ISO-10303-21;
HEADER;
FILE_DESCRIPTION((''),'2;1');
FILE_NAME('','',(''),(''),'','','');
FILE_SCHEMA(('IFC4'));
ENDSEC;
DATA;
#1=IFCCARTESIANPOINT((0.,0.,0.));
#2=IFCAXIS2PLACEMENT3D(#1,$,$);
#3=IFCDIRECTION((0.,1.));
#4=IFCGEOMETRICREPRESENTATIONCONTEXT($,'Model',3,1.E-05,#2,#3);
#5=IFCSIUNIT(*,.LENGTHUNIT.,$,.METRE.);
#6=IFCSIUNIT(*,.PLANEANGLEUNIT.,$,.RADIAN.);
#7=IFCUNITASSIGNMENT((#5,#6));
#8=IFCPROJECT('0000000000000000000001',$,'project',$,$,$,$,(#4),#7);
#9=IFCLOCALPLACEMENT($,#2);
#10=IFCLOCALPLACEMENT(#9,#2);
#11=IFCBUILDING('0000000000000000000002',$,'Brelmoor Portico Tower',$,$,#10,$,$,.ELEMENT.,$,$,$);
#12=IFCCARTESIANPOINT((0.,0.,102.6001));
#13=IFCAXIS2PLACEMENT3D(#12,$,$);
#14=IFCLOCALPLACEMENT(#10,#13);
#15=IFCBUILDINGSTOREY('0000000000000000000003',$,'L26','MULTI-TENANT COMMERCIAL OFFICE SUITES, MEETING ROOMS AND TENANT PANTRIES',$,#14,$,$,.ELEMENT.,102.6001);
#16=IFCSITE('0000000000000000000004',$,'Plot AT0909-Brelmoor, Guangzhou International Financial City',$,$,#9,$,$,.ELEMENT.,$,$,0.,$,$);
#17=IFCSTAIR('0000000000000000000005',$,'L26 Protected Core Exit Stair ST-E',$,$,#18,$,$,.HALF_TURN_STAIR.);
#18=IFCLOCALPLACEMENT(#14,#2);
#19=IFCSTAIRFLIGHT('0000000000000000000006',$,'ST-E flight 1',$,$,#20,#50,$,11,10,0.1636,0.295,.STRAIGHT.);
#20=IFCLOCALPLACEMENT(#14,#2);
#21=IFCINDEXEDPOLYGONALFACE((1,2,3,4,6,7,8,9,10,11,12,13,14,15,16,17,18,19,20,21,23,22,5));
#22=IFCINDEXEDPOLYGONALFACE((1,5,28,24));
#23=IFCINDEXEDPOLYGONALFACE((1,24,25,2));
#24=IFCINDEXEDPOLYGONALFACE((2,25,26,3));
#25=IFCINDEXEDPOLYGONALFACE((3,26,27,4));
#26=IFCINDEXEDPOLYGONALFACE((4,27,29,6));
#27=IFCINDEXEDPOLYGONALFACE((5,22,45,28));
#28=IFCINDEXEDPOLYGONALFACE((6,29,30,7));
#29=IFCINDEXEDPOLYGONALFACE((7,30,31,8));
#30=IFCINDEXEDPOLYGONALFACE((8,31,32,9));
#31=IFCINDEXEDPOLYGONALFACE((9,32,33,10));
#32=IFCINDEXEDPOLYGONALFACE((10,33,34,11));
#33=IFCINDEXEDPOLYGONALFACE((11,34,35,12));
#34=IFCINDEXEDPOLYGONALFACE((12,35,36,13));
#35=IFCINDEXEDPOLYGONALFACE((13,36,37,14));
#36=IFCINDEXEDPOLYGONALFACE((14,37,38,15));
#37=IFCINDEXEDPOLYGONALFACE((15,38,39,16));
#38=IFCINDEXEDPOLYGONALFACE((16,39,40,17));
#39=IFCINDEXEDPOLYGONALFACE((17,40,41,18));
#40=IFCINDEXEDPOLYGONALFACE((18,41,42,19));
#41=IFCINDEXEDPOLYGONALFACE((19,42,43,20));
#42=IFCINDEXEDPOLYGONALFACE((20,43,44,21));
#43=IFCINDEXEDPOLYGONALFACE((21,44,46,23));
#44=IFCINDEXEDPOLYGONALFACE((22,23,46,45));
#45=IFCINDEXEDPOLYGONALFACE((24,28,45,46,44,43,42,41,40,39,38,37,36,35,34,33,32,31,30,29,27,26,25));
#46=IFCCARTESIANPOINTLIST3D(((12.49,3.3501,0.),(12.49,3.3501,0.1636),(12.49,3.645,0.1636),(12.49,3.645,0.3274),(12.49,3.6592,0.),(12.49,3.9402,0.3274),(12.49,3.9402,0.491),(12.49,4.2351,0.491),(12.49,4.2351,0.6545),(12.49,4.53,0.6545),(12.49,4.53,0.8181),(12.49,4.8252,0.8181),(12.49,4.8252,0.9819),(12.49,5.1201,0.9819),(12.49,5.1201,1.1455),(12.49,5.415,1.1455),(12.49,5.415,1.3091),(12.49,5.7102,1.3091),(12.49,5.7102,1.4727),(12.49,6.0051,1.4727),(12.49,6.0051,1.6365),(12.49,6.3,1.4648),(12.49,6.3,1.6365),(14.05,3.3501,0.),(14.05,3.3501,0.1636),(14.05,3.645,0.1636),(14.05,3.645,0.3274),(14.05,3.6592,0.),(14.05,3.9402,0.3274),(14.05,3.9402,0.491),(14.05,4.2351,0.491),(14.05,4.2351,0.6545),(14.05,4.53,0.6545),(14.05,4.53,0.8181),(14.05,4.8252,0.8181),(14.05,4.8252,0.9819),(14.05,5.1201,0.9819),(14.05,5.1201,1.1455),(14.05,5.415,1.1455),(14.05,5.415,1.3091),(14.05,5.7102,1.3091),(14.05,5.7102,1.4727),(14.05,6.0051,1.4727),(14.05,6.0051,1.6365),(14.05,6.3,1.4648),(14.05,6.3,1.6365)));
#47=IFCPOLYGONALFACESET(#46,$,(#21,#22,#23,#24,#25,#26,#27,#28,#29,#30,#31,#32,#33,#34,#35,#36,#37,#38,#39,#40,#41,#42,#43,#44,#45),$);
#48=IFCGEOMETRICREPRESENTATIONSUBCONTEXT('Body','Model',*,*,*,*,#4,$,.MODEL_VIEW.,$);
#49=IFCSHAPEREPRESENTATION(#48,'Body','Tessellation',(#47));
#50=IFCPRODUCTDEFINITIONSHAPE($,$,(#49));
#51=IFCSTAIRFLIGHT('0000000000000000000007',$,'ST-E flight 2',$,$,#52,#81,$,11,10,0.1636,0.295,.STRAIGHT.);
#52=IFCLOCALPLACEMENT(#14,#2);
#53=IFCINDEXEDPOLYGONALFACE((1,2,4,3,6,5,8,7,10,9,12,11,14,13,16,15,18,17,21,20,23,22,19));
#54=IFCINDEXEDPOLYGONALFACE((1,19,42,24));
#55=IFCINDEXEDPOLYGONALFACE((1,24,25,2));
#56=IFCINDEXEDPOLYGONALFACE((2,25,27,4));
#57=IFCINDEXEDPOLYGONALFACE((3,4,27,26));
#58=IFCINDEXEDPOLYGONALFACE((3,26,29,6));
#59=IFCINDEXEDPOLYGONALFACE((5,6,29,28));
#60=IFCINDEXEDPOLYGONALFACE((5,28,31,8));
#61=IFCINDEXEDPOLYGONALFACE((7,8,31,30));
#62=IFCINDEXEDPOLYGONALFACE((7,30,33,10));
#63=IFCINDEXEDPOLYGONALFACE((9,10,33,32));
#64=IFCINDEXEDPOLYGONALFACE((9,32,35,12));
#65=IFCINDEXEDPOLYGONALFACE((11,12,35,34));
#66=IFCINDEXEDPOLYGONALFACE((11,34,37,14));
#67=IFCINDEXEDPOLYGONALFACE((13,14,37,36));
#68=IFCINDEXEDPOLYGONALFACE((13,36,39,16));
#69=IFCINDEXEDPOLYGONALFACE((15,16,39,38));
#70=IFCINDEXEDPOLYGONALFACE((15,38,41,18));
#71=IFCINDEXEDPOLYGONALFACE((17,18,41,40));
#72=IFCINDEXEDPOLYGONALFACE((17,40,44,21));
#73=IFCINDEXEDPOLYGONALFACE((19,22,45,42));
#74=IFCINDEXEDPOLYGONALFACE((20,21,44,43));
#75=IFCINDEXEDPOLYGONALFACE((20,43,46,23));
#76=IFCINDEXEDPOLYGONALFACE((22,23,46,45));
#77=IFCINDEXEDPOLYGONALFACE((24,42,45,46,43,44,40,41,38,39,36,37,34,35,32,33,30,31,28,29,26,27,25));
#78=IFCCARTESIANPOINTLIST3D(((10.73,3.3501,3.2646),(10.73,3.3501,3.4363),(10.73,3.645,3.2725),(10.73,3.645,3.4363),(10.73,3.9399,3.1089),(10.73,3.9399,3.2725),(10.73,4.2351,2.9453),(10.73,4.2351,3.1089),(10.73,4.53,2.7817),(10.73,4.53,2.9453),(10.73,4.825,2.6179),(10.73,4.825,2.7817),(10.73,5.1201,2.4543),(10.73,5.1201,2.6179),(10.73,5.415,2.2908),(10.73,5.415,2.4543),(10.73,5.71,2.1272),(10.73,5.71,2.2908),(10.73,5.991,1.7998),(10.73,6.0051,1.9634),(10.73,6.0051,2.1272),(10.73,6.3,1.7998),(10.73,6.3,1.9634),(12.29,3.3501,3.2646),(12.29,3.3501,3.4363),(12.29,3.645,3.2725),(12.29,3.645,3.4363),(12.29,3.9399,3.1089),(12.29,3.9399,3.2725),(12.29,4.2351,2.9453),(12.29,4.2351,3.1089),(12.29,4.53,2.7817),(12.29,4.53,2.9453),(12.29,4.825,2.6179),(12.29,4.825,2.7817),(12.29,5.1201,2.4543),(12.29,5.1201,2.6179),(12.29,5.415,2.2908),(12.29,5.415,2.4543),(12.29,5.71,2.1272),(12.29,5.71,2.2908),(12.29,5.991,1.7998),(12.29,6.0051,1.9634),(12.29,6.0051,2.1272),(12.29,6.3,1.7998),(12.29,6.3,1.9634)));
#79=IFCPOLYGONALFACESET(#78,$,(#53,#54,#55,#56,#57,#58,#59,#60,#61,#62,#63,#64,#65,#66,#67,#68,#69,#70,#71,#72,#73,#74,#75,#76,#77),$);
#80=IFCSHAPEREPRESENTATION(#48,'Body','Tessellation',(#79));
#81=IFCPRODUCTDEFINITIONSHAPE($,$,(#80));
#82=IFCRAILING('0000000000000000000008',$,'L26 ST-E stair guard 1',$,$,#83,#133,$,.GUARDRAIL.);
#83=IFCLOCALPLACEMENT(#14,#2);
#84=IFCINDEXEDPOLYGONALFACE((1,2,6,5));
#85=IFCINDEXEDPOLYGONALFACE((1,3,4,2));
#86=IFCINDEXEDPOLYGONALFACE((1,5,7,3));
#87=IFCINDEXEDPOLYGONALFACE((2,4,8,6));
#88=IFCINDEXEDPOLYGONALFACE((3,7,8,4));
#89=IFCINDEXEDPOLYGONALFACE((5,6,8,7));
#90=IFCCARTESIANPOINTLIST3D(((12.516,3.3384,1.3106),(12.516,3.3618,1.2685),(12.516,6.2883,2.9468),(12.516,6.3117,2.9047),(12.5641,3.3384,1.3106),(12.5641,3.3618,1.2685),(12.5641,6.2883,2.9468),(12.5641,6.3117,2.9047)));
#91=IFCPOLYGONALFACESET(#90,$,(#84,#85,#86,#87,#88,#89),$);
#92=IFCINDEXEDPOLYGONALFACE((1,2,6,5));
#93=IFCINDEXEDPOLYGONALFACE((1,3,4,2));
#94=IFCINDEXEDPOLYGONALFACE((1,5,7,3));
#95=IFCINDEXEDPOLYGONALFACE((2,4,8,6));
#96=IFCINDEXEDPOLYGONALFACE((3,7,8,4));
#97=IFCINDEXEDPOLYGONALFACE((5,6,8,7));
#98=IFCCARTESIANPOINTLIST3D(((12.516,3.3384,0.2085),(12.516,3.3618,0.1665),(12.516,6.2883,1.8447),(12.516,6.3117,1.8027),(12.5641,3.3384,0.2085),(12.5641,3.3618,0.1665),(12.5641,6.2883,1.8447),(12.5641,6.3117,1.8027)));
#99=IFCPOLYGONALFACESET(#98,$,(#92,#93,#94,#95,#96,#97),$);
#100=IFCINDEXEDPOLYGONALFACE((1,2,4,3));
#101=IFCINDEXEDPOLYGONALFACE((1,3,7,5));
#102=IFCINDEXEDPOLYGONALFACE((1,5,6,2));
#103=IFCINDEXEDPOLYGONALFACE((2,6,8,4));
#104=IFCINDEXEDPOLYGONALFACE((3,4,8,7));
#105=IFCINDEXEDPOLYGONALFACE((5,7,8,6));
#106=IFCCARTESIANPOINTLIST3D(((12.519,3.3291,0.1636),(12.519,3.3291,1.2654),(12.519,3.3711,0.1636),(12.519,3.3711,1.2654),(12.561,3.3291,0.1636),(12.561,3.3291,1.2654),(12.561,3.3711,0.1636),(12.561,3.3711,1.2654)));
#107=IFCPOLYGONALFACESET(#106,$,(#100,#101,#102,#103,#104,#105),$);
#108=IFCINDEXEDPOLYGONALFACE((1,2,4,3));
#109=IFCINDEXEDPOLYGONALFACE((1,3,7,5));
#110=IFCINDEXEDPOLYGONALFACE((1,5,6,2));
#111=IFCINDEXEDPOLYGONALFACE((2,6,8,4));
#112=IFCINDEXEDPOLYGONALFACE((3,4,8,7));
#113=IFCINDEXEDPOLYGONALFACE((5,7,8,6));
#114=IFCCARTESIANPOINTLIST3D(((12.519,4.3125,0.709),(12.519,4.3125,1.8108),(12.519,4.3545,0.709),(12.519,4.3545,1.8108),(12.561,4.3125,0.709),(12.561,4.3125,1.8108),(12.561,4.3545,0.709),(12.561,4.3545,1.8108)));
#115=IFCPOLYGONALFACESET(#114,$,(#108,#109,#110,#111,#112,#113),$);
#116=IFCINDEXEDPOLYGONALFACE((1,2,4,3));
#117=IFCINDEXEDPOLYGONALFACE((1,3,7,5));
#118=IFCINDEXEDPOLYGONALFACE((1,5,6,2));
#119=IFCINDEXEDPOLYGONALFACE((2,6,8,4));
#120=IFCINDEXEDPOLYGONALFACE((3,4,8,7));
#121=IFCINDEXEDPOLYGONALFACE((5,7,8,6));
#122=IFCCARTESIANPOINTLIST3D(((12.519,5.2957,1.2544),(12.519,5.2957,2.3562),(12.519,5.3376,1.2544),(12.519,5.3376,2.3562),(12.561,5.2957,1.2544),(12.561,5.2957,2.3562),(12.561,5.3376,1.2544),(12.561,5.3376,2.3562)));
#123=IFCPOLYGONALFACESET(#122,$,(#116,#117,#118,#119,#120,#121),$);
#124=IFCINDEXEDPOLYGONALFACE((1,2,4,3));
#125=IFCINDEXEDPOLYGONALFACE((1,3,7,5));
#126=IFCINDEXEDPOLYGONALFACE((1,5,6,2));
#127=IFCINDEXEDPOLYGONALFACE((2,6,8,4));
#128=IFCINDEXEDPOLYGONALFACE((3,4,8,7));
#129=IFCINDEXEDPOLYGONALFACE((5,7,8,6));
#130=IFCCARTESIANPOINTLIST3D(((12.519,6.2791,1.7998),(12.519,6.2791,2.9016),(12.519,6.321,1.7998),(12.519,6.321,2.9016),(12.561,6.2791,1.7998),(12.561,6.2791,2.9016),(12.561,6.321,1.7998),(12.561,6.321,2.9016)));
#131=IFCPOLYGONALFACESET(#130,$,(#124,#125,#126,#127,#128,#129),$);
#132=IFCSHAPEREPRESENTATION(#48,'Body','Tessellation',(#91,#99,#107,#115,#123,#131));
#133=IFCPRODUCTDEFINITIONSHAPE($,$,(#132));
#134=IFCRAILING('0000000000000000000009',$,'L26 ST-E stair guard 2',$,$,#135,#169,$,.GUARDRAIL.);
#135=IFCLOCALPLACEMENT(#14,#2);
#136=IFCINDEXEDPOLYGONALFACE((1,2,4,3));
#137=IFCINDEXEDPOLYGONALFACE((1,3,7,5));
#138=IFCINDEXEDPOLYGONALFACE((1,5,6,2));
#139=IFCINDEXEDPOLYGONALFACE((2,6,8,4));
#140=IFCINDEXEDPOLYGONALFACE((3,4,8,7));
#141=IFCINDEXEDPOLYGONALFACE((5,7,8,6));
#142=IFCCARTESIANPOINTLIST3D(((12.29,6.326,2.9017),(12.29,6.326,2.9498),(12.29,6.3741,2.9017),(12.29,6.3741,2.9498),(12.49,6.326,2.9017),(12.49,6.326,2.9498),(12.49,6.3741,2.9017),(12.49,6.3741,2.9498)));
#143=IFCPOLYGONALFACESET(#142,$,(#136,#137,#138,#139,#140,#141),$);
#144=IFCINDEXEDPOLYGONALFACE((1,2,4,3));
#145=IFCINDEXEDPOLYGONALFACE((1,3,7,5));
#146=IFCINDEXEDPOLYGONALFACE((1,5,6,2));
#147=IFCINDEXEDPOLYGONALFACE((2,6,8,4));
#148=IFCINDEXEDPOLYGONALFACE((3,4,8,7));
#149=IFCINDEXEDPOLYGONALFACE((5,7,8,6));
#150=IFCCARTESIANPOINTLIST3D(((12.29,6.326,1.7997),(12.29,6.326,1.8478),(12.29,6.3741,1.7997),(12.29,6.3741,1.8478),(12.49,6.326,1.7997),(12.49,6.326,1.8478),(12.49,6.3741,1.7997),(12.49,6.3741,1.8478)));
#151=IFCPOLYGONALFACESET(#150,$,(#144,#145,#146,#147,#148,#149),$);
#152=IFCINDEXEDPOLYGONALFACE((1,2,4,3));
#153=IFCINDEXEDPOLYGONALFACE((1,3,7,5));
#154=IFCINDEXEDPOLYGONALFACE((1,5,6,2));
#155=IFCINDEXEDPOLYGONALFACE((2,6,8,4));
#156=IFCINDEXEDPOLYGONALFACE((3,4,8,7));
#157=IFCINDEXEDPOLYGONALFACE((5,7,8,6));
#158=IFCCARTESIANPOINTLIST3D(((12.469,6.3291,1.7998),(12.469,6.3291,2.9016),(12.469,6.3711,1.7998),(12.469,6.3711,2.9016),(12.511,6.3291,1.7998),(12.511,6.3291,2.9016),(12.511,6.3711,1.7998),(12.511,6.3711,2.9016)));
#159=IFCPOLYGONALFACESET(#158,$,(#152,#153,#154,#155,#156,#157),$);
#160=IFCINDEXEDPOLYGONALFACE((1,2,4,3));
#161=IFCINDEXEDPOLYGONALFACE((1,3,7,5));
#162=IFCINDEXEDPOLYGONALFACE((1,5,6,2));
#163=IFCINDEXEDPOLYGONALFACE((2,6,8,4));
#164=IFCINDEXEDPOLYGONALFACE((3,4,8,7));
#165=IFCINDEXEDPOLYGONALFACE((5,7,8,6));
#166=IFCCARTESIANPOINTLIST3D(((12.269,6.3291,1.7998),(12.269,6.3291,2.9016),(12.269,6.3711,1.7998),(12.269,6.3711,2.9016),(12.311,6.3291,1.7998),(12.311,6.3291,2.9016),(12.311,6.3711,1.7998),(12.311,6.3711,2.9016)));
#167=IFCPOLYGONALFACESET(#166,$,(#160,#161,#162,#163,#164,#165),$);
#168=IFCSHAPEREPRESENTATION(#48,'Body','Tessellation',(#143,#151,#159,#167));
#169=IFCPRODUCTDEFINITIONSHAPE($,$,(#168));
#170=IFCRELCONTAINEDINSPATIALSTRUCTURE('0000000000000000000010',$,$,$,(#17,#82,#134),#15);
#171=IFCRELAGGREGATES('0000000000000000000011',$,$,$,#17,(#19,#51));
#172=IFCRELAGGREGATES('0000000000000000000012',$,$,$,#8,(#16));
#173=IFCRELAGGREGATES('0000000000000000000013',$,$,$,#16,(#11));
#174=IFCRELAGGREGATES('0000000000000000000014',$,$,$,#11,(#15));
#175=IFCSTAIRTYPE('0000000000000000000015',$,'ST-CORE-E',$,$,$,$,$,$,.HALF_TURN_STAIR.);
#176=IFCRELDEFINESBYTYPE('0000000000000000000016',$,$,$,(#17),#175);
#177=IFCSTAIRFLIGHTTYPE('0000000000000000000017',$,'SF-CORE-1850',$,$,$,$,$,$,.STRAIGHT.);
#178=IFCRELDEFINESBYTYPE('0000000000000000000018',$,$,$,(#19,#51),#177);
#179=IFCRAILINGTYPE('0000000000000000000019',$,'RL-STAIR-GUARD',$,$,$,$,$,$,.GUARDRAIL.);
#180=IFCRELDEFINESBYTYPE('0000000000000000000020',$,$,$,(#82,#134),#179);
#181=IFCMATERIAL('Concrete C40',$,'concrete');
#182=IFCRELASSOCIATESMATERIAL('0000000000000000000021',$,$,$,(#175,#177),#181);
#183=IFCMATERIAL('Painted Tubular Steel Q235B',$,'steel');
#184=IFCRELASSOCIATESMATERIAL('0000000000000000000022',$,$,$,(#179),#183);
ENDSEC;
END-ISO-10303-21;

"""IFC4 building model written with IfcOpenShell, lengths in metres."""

from ifc_helpers import new_model, si_unit, direction, frame, origin, origin_2d, place, context, subcontext, project, spatial, polyline, rectangle, outline, extrude, material, type_object, element, aggregate, save


model = new_model("IFC4")

# Units and contexts
model_context = context("Model", 3, precision=1e-05, world=origin(), true_north=direction((0.0, 1.0)))
body_context = subcontext(model_context, "Body", "Model", "MODEL_VIEW")
ifc_project = project(units=[si_unit("LENGTHUNIT", "METRE"), si_unit("PLANEANGLEUNIT", "RADIAN")], contexts=[model_context])

# Site, building, storey
site_placement = place(None, origin())
site = spatial("IfcSite", under=ifc_project, at=site_placement, Name="Plot AT0909-Brelmoor, Guangzhou International Financial City", CompositionType="ELEMENT", RefElevation=0.0)
building_placement = place(site_placement, origin())
building = spatial("IfcBuilding", under=site, at=building_placement, Name="Brelmoor Portico Tower", CompositionType="ELEMENT")
storey_placement = place(building_placement, frame((0.0, 0.0, 102.6001)))
storey = spatial("IfcBuildingStorey", under=building, at=storey_placement, Name="L26", Description="MULTI-TENANT COMMERCIAL OFFICE SUITES, MEETING ROOMS AND TENANT PANTRIES", CompositionType="ELEMENT", Elevation=102.6001)

# Shared definitions
ifc_material_1 = material(Name="Concrete C40", Category="concrete")

# Stair, stair flights
stair_type = type_object("IfcStairType", Name="ST-CORE-E", PredefinedType="HALF_TURN_STAIR", material=ifc_material_1)
stair_placement = place(storey_placement, origin())
stair = element("IfcStair", 1, at=stair_placement, inside=storey, type_object=stair_type, Name="L26 Protected Core Exit Stair ST-E", PredefinedType="HALF_TURN_STAIR")
stair_flight_type = type_object("IfcStairFlightType", Name="SF-CORE-1850", PredefinedType="STRAIGHT", material=ifc_material_1)
stair_flight_1_placement = place(storey_placement, frame((13.27, 3.3501, 0.0), z_axis=(0.0, 0.0, 1.0), x_axis=(0.0, 1.0, 0.0)))
stair_flight_1 = element("IfcStairFlight", 2, at=stair_flight_1_placement, type_object=stair_flight_type, Name="ST-E flight 1", NumberOfRisers=11, NumberOfTreads=10, PredefinedType="STRAIGHT", RiserHeight=0.1636, TreadLength=0.295, context=body_context, shape_type="SweptSolid", body=[
    extrude(outline(polyline([(0.0, 0.0), (0.0, 0.1636), (0.2949, 0.1636), (0.2949, 0.3274), (0.5901, 0.3274), (0.5901, 0.491), (0.885, 0.491), (0.885, 0.6545), (1.1799, 0.6545), (1.1799, 0.8181), (1.4751, 0.8181), (1.4751, 0.9819), (1.77, 0.9819), (1.77, 1.1455), (2.0649, 1.1455), (2.0649, 1.3091), (2.3601, 1.3091), (2.3601, 1.4727), (2.655, 1.4727), (2.655, 1.6365), (2.95, 1.6365), (2.95, 1.8), (2.95, 1.4648), (0.3091, 0.0), (0.0, 0.0)])), frame((0.0, 0.78, 0.0), z_axis=(0.0, -1.0, 0.0), x_axis=(1.0, 0.0, 0.0)), (0.0, 0.0, 1.0), 1.5601),
])
stair_flight_2_placement = place(storey_placement, frame((11.51, 6.3, 1.7998), z_axis=(0.0, 0.0, 1.0), x_axis=(0.0, -1.0, 0.0)))
stair_flight_2 = element("IfcStairFlight", 3, at=stair_flight_2_placement, type_object=stair_flight_type, Name="ST-E flight 2", NumberOfRisers=11, NumberOfTreads=10, PredefinedType="STRAIGHT", RiserHeight=0.1636, TreadLength=0.295, context=body_context, shape_type="SweptSolid", body=[
    extrude(outline(polyline([(0.0, 0.0), (0.0, 0.1636), (0.2949, 0.1636), (0.2949, 0.3274), (0.5901, 0.3274), (0.5901, 0.491), (0.885, 0.491), (0.885, 0.6545), (1.1799, 0.6545), (1.1799, 0.8181), (1.4751, 0.8181), (1.4751, 0.9819), (1.77, 0.9819), (1.77, 1.1455), (2.0649, 1.1455), (2.0649, 1.3091), (2.3601, 1.3091), (2.3601, 1.4727), (2.655, 1.4727), (2.655, 1.6365), (2.95, 1.6365), (2.95, 1.8), (2.95, 1.4648), (0.3091, 0.0), (0.0, 0.0)])), frame((0.0, 0.78, 0.0), z_axis=(0.0, -1.0, 0.0), x_axis=(1.0, 0.0, 0.0)), (0.0, 0.0, 1.0), 1.5601),
])
aggregate(stair, [stair_flight_1, stair_flight_2])

# Railings
ifc_material_2 = material(Name="Painted Tubular Steel Q235B", Category="steel")
railing_type_1 = type_object("IfcRailingType", Name="RL-STAIR-GUARD", PredefinedType="GUARDRAIL", material=ifc_material_2)
railing_1_placement = place(storey_placement, frame((12.54, 3.3501, 0.1636)))
element("IfcRailing", 4, at=railing_1_placement, inside=storey, type_object=railing_type_1, Name="L26 ST-E stair guard 1", PredefinedType="GUARDRAIL", context=body_context, shape_type="SweptSolid", body=[
    extrude(rectangle(XDim=0.0481, YDim=0.0481, at=origin_2d()), frame((0.0, 0.0, 1.126), z_axis=(0.0, 0.874488, 0.485047), x_axis=(-1.0, 0.0, 0.0)), (0.0, 0.0, 1.0), 3.3733),
    extrude(rectangle(XDim=0.0481, YDim=0.0481, at=origin_2d()), frame((0.0, 0.0, 0.0239), z_axis=(0.0, 0.874488, 0.485047), x_axis=(-1.0, 0.0, 0.0)), (0.0, 0.0, 1.0), 3.3733),
    extrude(rectangle(XDim=0.042, YDim=0.042, at=origin_2d()), origin(), (0.0, 0.0, 1.0), 1.1018),
    extrude(rectangle(XDim=0.042, YDim=0.042, at=origin_2d()), frame((0.0, 0.9834, 0.5454)), (0.0, 0.0, 1.0), 1.1018),
    extrude(rectangle(XDim=0.042, YDim=0.042, at=origin_2d()), frame((0.0, 1.9666, 1.0908)), (0.0, 0.0, 1.0), 1.1018),
    extrude(rectangle(XDim=0.042, YDim=0.042, at=origin_2d()), frame((0.0, 2.95, 1.6362)), (0.0, 0.0, 1.0), 1.1018),
])
railing_2_placement = place(storey_placement, frame((12.49, 6.3501, 1.7998)))
element("IfcRailing", 5, at=railing_2_placement, inside=storey, type_object=railing_type_1, Name="L26 ST-E stair guard 2", PredefinedType="GUARDRAIL", context=body_context, shape_type="SweptSolid", body=[
    extrude(rectangle(XDim=0.0481, YDim=0.0481, at=origin_2d()), frame((0.0, 0.0, 1.126), z_axis=(-1.0, 0.0, 0.0), x_axis=(0.0, -1.0, 0.0)), (0.0, 0.0, 1.0), 0.2),
    extrude(rectangle(XDim=0.0481, YDim=0.0481, at=origin_2d()), frame((0.0, 0.0, 0.0239), z_axis=(-1.0, 0.0, 0.0), x_axis=(0.0, -1.0, 0.0)), (0.0, 0.0, 1.0), 0.2),
    extrude(rectangle(XDim=0.042, YDim=0.042, at=origin_2d()), origin(), (0.0, 0.0, 1.0), 1.1018),
    extrude(rectangle(XDim=0.042, YDim=0.042, at=origin_2d()), frame((-0.2, 0.0, 0.0)), (0.0, 0.0, 1.0), 1.1018),
])

save(model, "model.ifc")
